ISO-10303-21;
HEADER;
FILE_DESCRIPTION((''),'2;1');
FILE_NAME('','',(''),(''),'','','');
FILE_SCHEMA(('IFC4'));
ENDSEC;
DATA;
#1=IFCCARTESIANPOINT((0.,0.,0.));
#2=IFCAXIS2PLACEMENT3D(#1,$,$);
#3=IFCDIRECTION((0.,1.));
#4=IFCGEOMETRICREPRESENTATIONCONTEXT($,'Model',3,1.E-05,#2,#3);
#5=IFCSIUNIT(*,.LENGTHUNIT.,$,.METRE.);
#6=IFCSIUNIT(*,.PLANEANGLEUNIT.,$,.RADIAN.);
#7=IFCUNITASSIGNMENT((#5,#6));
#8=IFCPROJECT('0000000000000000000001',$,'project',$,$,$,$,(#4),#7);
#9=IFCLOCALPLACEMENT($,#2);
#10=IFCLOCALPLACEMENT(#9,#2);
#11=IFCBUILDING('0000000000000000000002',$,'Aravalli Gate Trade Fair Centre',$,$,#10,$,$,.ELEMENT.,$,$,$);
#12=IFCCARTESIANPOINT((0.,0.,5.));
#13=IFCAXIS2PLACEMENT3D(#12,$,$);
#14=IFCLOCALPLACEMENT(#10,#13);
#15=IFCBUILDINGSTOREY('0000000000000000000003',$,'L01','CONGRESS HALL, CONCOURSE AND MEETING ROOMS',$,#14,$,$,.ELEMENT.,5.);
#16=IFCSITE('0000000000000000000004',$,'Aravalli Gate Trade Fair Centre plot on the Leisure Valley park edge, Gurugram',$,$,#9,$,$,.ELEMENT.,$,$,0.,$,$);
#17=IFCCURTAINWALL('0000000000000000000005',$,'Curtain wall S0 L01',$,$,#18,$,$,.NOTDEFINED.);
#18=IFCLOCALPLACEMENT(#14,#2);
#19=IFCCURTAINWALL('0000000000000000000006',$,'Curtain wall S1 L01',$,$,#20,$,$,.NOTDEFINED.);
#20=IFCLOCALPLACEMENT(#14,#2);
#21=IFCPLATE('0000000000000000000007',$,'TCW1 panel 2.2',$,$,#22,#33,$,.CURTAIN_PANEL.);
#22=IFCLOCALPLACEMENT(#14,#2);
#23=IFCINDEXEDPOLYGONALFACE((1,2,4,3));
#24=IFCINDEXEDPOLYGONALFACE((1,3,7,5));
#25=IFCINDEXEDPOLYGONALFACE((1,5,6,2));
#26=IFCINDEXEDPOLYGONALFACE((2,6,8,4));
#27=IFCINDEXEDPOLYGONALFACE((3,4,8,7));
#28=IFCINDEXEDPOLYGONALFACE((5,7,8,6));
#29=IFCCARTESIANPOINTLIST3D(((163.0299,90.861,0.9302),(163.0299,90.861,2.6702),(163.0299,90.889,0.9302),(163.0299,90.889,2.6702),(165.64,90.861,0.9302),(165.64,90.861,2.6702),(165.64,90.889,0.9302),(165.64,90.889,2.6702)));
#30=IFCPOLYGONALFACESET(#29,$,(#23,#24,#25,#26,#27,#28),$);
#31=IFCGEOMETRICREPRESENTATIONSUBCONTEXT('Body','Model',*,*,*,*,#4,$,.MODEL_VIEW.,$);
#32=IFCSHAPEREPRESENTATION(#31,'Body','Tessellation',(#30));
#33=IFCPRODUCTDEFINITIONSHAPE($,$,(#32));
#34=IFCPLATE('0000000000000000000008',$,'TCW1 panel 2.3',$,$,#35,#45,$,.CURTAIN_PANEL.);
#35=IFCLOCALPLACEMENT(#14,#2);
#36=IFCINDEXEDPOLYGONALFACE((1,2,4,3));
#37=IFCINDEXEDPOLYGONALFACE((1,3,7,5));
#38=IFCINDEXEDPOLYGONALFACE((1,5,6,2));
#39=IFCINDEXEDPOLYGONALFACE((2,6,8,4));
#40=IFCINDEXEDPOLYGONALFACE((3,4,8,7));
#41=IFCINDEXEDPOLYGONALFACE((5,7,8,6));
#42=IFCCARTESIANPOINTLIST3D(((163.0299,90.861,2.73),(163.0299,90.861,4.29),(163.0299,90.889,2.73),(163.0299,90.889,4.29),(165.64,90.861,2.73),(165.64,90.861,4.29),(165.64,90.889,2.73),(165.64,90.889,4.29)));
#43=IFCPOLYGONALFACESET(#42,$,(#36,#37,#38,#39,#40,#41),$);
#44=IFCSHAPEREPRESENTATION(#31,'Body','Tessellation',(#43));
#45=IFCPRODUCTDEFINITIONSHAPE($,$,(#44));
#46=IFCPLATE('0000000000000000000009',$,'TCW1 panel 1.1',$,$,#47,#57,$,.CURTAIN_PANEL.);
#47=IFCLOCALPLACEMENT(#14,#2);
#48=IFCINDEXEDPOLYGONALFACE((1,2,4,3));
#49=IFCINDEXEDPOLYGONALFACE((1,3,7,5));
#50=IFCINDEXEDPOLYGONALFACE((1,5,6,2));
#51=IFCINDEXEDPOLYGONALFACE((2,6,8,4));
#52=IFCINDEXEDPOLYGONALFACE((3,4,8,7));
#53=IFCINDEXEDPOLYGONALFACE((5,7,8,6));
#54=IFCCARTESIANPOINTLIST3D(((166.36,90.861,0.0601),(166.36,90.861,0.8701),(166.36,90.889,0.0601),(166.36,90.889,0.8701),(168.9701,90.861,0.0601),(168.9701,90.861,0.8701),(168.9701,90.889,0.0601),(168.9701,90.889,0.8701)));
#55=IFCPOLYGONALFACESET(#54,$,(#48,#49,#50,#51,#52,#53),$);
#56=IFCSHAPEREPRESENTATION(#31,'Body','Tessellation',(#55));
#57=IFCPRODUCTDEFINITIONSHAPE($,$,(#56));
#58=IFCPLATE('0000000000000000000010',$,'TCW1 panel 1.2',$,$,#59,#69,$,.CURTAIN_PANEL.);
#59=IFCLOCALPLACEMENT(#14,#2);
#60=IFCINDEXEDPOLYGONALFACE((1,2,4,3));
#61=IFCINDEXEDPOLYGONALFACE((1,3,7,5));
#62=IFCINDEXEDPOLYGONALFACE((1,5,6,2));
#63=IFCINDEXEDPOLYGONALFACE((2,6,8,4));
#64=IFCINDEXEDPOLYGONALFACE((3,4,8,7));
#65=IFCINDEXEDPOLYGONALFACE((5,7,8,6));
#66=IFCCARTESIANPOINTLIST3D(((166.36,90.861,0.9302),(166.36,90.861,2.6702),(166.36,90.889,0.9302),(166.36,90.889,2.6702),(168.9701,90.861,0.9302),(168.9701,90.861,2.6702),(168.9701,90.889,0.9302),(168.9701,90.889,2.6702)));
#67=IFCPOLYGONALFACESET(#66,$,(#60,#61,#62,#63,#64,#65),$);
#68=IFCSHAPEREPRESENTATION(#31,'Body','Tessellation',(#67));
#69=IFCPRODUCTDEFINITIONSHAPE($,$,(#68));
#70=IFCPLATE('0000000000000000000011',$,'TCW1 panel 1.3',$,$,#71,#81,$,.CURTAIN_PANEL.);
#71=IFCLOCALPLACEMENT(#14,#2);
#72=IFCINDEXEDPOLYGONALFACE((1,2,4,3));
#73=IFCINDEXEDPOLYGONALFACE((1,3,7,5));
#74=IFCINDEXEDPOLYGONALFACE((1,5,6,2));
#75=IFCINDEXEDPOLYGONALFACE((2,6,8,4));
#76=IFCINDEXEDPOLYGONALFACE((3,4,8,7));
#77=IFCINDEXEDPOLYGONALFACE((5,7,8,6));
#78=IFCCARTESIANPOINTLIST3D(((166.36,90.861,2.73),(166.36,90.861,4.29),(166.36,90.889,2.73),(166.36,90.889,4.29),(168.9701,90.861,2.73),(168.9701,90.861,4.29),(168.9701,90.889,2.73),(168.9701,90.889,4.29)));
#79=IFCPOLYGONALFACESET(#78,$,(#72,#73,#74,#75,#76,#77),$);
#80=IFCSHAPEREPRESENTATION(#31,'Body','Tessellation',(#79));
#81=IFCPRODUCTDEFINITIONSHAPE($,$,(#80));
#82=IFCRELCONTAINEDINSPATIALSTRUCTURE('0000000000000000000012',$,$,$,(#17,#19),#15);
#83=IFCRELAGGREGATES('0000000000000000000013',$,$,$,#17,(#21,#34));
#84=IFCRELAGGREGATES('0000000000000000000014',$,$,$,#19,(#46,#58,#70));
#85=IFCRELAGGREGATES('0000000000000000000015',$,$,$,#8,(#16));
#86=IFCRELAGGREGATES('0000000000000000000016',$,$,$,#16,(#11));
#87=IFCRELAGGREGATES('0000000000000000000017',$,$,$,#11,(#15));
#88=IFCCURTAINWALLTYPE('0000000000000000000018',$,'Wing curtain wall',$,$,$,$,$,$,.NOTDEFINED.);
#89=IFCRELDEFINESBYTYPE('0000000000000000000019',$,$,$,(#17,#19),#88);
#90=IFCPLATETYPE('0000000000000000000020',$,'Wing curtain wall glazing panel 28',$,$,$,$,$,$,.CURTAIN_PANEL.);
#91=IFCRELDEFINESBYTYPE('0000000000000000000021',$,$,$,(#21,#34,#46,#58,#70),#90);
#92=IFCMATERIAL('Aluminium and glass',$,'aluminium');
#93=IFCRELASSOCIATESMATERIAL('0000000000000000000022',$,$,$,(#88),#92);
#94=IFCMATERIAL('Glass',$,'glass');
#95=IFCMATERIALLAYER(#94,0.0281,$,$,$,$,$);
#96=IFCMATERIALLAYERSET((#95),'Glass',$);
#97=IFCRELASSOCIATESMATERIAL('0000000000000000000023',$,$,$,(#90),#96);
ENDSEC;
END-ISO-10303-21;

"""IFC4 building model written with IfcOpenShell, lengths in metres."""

from ifc_helpers import new_model, si_unit, direction, frame, origin, origin_2d, place, context, subcontext, project, spatial, rectangle, extrude, material, layer, layer_set, type_object, element, aggregate, save


model = new_model("IFC4")

# Units and contexts
model_context = context("Model", 3, precision=1e-05, world=origin(), true_north=direction((0.0, 1.0)))
body_context = subcontext(model_context, "Body", "Model", "MODEL_VIEW")
ifc_project = project(units=[si_unit("LENGTHUNIT", "METRE"), si_unit("PLANEANGLEUNIT", "RADIAN")], contexts=[model_context])

# Site, building, storey
site_placement = place(None, origin())
site = spatial("IfcSite", under=ifc_project, at=site_placement, Name="Aravalli Gate Trade Fair Centre plot on the Leisure Valley park edge, Gurugram", CompositionType="ELEMENT", RefElevation=0.0)
building_placement = place(site_placement, origin())
building = spatial("IfcBuilding", under=site, at=building_placement, Name="Aravalli Gate Trade Fair Centre", CompositionType="ELEMENT")
storey_placement = place(building_placement, frame((0.0, 0.0, 5.0)))
storey = spatial("IfcBuildingStorey", under=building, at=storey_placement, Name="L01", Description="CONGRESS HALL, CONCOURSE AND MEETING ROOMS", CompositionType="ELEMENT", Elevation=5.0)

# Curtain wall
ifc_material_1 = material(Name="Aluminium and glass", Category="aluminium")
curtain_wall_type = type_object("IfcCurtainWallType", Name="Wing curtain wall", PredefinedType="NOTDEFINED", material=ifc_material_1)
curtain_wall_1_placement = place(storey_placement, origin())
curtain_wall_1 = element("IfcCurtainWall", 1, at=curtain_wall_1_placement, inside=storey, type_object=curtain_wall_type, Name="Curtain wall S0 L01", PredefinedType="NOTDEFINED")

# Curtain wall
curtain_wall_2_placement = place(storey_placement, origin())
curtain_wall_2 = element("IfcCurtainWall", 2, at=curtain_wall_2_placement, inside=storey, type_object=curtain_wall_type, Name="Curtain wall S1 L01", PredefinedType="NOTDEFINED")

# Plates
ifc_material_2 = material(Name="Glass", Category="glass")
ifc_layer = layer(ifc_material_2, 0.0281)
ifc_layer_set = layer_set([ifc_layer], Name="Glass")
plate_type = type_object("IfcPlateType", Name="Wing curtain wall glazing panel 28", PredefinedType="CURTAIN_PANEL", material=ifc_layer_set)
plate_1_placement = place(storey_placement, frame((164.335, 90.875, 0.9302), z_axis=(0.0, 0.0, 1.0), x_axis=(1.0, 0.0, 0.0)))
plate_1 = element("IfcPlate", 3, at=plate_1_placement, type_object=plate_type, Name="TCW1 panel 2.2", PredefinedType="CURTAIN_PANEL", context=body_context, shape_type="SweptSolid", body=[
    extrude(rectangle(XDim=2.6101, YDim=0.0281, at=origin_2d()), origin(), (0.0, 0.0, 1.0), 1.74),
])
plate_2_placement = place(storey_placement, frame((164.335, 90.875, 2.73), z_axis=(0.0, 0.0, 1.0), x_axis=(1.0, 0.0, 0.0)))
plate_2 = element("IfcPlate", 4, at=plate_2_placement, type_object=plate_type, Name="TCW1 panel 2.3", PredefinedType="CURTAIN_PANEL", context=body_context, shape_type="SweptSolid", body=[
    extrude(rectangle(XDim=2.6101, YDim=0.0281, at=origin_2d()), origin(), (0.0, 0.0, 1.0), 1.5601),
])
aggregate(curtain_wall_1, [plate_1, plate_2])
plate_3_placement = place(storey_placement, frame((167.665, 90.875, 0.0601), z_axis=(0.0, 0.0, 1.0), x_axis=(1.0, 0.0, 0.0)))
plate_3 = element("IfcPlate", 5, at=plate_3_placement, type_object=plate_type, Name="TCW1 panel 1.1", PredefinedType="CURTAIN_PANEL", context=body_context, shape_type="SweptSolid", body=[
    extrude(rectangle(XDim=2.6101, YDim=0.0281, at=origin_2d()), origin(), (0.0, 0.0, 1.0), 0.8101),
])
plate_4_placement = place(storey_placement, frame((167.665, 90.875, 0.9302), z_axis=(0.0, 0.0, 1.0), x_axis=(1.0, 0.0, 0.0)))
plate_4 = element("IfcPlate", 6, at=plate_4_placement, type_object=plate_type, Name="TCW1 panel 1.2", PredefinedType="CURTAIN_PANEL", context=body_context, shape_type="SweptSolid", body=[
    extrude(rectangle(XDim=2.6101, YDim=0.0281, at=origin_2d()), origin(), (0.0, 0.0, 1.0), 1.74),
])
plate_5_placement = place(storey_placement, frame((167.665, 90.875, 2.73), z_axis=(0.0, 0.0, 1.0), x_axis=(1.0, 0.0, 0.0)))
plate_5 = element("IfcPlate", 7, at=plate_5_placement, type_object=plate_type, Name="TCW1 panel 1.3", PredefinedType="CURTAIN_PANEL", context=body_context, shape_type="SweptSolid", body=[
    extrude(rectangle(XDim=2.6101, YDim=0.0281, at=origin_2d()), origin(), (0.0, 0.0, 1.0), 1.5601),
])
aggregate(curtain_wall_2, [plate_3, plate_4, plate_5])

save(model, "model.ifc")
